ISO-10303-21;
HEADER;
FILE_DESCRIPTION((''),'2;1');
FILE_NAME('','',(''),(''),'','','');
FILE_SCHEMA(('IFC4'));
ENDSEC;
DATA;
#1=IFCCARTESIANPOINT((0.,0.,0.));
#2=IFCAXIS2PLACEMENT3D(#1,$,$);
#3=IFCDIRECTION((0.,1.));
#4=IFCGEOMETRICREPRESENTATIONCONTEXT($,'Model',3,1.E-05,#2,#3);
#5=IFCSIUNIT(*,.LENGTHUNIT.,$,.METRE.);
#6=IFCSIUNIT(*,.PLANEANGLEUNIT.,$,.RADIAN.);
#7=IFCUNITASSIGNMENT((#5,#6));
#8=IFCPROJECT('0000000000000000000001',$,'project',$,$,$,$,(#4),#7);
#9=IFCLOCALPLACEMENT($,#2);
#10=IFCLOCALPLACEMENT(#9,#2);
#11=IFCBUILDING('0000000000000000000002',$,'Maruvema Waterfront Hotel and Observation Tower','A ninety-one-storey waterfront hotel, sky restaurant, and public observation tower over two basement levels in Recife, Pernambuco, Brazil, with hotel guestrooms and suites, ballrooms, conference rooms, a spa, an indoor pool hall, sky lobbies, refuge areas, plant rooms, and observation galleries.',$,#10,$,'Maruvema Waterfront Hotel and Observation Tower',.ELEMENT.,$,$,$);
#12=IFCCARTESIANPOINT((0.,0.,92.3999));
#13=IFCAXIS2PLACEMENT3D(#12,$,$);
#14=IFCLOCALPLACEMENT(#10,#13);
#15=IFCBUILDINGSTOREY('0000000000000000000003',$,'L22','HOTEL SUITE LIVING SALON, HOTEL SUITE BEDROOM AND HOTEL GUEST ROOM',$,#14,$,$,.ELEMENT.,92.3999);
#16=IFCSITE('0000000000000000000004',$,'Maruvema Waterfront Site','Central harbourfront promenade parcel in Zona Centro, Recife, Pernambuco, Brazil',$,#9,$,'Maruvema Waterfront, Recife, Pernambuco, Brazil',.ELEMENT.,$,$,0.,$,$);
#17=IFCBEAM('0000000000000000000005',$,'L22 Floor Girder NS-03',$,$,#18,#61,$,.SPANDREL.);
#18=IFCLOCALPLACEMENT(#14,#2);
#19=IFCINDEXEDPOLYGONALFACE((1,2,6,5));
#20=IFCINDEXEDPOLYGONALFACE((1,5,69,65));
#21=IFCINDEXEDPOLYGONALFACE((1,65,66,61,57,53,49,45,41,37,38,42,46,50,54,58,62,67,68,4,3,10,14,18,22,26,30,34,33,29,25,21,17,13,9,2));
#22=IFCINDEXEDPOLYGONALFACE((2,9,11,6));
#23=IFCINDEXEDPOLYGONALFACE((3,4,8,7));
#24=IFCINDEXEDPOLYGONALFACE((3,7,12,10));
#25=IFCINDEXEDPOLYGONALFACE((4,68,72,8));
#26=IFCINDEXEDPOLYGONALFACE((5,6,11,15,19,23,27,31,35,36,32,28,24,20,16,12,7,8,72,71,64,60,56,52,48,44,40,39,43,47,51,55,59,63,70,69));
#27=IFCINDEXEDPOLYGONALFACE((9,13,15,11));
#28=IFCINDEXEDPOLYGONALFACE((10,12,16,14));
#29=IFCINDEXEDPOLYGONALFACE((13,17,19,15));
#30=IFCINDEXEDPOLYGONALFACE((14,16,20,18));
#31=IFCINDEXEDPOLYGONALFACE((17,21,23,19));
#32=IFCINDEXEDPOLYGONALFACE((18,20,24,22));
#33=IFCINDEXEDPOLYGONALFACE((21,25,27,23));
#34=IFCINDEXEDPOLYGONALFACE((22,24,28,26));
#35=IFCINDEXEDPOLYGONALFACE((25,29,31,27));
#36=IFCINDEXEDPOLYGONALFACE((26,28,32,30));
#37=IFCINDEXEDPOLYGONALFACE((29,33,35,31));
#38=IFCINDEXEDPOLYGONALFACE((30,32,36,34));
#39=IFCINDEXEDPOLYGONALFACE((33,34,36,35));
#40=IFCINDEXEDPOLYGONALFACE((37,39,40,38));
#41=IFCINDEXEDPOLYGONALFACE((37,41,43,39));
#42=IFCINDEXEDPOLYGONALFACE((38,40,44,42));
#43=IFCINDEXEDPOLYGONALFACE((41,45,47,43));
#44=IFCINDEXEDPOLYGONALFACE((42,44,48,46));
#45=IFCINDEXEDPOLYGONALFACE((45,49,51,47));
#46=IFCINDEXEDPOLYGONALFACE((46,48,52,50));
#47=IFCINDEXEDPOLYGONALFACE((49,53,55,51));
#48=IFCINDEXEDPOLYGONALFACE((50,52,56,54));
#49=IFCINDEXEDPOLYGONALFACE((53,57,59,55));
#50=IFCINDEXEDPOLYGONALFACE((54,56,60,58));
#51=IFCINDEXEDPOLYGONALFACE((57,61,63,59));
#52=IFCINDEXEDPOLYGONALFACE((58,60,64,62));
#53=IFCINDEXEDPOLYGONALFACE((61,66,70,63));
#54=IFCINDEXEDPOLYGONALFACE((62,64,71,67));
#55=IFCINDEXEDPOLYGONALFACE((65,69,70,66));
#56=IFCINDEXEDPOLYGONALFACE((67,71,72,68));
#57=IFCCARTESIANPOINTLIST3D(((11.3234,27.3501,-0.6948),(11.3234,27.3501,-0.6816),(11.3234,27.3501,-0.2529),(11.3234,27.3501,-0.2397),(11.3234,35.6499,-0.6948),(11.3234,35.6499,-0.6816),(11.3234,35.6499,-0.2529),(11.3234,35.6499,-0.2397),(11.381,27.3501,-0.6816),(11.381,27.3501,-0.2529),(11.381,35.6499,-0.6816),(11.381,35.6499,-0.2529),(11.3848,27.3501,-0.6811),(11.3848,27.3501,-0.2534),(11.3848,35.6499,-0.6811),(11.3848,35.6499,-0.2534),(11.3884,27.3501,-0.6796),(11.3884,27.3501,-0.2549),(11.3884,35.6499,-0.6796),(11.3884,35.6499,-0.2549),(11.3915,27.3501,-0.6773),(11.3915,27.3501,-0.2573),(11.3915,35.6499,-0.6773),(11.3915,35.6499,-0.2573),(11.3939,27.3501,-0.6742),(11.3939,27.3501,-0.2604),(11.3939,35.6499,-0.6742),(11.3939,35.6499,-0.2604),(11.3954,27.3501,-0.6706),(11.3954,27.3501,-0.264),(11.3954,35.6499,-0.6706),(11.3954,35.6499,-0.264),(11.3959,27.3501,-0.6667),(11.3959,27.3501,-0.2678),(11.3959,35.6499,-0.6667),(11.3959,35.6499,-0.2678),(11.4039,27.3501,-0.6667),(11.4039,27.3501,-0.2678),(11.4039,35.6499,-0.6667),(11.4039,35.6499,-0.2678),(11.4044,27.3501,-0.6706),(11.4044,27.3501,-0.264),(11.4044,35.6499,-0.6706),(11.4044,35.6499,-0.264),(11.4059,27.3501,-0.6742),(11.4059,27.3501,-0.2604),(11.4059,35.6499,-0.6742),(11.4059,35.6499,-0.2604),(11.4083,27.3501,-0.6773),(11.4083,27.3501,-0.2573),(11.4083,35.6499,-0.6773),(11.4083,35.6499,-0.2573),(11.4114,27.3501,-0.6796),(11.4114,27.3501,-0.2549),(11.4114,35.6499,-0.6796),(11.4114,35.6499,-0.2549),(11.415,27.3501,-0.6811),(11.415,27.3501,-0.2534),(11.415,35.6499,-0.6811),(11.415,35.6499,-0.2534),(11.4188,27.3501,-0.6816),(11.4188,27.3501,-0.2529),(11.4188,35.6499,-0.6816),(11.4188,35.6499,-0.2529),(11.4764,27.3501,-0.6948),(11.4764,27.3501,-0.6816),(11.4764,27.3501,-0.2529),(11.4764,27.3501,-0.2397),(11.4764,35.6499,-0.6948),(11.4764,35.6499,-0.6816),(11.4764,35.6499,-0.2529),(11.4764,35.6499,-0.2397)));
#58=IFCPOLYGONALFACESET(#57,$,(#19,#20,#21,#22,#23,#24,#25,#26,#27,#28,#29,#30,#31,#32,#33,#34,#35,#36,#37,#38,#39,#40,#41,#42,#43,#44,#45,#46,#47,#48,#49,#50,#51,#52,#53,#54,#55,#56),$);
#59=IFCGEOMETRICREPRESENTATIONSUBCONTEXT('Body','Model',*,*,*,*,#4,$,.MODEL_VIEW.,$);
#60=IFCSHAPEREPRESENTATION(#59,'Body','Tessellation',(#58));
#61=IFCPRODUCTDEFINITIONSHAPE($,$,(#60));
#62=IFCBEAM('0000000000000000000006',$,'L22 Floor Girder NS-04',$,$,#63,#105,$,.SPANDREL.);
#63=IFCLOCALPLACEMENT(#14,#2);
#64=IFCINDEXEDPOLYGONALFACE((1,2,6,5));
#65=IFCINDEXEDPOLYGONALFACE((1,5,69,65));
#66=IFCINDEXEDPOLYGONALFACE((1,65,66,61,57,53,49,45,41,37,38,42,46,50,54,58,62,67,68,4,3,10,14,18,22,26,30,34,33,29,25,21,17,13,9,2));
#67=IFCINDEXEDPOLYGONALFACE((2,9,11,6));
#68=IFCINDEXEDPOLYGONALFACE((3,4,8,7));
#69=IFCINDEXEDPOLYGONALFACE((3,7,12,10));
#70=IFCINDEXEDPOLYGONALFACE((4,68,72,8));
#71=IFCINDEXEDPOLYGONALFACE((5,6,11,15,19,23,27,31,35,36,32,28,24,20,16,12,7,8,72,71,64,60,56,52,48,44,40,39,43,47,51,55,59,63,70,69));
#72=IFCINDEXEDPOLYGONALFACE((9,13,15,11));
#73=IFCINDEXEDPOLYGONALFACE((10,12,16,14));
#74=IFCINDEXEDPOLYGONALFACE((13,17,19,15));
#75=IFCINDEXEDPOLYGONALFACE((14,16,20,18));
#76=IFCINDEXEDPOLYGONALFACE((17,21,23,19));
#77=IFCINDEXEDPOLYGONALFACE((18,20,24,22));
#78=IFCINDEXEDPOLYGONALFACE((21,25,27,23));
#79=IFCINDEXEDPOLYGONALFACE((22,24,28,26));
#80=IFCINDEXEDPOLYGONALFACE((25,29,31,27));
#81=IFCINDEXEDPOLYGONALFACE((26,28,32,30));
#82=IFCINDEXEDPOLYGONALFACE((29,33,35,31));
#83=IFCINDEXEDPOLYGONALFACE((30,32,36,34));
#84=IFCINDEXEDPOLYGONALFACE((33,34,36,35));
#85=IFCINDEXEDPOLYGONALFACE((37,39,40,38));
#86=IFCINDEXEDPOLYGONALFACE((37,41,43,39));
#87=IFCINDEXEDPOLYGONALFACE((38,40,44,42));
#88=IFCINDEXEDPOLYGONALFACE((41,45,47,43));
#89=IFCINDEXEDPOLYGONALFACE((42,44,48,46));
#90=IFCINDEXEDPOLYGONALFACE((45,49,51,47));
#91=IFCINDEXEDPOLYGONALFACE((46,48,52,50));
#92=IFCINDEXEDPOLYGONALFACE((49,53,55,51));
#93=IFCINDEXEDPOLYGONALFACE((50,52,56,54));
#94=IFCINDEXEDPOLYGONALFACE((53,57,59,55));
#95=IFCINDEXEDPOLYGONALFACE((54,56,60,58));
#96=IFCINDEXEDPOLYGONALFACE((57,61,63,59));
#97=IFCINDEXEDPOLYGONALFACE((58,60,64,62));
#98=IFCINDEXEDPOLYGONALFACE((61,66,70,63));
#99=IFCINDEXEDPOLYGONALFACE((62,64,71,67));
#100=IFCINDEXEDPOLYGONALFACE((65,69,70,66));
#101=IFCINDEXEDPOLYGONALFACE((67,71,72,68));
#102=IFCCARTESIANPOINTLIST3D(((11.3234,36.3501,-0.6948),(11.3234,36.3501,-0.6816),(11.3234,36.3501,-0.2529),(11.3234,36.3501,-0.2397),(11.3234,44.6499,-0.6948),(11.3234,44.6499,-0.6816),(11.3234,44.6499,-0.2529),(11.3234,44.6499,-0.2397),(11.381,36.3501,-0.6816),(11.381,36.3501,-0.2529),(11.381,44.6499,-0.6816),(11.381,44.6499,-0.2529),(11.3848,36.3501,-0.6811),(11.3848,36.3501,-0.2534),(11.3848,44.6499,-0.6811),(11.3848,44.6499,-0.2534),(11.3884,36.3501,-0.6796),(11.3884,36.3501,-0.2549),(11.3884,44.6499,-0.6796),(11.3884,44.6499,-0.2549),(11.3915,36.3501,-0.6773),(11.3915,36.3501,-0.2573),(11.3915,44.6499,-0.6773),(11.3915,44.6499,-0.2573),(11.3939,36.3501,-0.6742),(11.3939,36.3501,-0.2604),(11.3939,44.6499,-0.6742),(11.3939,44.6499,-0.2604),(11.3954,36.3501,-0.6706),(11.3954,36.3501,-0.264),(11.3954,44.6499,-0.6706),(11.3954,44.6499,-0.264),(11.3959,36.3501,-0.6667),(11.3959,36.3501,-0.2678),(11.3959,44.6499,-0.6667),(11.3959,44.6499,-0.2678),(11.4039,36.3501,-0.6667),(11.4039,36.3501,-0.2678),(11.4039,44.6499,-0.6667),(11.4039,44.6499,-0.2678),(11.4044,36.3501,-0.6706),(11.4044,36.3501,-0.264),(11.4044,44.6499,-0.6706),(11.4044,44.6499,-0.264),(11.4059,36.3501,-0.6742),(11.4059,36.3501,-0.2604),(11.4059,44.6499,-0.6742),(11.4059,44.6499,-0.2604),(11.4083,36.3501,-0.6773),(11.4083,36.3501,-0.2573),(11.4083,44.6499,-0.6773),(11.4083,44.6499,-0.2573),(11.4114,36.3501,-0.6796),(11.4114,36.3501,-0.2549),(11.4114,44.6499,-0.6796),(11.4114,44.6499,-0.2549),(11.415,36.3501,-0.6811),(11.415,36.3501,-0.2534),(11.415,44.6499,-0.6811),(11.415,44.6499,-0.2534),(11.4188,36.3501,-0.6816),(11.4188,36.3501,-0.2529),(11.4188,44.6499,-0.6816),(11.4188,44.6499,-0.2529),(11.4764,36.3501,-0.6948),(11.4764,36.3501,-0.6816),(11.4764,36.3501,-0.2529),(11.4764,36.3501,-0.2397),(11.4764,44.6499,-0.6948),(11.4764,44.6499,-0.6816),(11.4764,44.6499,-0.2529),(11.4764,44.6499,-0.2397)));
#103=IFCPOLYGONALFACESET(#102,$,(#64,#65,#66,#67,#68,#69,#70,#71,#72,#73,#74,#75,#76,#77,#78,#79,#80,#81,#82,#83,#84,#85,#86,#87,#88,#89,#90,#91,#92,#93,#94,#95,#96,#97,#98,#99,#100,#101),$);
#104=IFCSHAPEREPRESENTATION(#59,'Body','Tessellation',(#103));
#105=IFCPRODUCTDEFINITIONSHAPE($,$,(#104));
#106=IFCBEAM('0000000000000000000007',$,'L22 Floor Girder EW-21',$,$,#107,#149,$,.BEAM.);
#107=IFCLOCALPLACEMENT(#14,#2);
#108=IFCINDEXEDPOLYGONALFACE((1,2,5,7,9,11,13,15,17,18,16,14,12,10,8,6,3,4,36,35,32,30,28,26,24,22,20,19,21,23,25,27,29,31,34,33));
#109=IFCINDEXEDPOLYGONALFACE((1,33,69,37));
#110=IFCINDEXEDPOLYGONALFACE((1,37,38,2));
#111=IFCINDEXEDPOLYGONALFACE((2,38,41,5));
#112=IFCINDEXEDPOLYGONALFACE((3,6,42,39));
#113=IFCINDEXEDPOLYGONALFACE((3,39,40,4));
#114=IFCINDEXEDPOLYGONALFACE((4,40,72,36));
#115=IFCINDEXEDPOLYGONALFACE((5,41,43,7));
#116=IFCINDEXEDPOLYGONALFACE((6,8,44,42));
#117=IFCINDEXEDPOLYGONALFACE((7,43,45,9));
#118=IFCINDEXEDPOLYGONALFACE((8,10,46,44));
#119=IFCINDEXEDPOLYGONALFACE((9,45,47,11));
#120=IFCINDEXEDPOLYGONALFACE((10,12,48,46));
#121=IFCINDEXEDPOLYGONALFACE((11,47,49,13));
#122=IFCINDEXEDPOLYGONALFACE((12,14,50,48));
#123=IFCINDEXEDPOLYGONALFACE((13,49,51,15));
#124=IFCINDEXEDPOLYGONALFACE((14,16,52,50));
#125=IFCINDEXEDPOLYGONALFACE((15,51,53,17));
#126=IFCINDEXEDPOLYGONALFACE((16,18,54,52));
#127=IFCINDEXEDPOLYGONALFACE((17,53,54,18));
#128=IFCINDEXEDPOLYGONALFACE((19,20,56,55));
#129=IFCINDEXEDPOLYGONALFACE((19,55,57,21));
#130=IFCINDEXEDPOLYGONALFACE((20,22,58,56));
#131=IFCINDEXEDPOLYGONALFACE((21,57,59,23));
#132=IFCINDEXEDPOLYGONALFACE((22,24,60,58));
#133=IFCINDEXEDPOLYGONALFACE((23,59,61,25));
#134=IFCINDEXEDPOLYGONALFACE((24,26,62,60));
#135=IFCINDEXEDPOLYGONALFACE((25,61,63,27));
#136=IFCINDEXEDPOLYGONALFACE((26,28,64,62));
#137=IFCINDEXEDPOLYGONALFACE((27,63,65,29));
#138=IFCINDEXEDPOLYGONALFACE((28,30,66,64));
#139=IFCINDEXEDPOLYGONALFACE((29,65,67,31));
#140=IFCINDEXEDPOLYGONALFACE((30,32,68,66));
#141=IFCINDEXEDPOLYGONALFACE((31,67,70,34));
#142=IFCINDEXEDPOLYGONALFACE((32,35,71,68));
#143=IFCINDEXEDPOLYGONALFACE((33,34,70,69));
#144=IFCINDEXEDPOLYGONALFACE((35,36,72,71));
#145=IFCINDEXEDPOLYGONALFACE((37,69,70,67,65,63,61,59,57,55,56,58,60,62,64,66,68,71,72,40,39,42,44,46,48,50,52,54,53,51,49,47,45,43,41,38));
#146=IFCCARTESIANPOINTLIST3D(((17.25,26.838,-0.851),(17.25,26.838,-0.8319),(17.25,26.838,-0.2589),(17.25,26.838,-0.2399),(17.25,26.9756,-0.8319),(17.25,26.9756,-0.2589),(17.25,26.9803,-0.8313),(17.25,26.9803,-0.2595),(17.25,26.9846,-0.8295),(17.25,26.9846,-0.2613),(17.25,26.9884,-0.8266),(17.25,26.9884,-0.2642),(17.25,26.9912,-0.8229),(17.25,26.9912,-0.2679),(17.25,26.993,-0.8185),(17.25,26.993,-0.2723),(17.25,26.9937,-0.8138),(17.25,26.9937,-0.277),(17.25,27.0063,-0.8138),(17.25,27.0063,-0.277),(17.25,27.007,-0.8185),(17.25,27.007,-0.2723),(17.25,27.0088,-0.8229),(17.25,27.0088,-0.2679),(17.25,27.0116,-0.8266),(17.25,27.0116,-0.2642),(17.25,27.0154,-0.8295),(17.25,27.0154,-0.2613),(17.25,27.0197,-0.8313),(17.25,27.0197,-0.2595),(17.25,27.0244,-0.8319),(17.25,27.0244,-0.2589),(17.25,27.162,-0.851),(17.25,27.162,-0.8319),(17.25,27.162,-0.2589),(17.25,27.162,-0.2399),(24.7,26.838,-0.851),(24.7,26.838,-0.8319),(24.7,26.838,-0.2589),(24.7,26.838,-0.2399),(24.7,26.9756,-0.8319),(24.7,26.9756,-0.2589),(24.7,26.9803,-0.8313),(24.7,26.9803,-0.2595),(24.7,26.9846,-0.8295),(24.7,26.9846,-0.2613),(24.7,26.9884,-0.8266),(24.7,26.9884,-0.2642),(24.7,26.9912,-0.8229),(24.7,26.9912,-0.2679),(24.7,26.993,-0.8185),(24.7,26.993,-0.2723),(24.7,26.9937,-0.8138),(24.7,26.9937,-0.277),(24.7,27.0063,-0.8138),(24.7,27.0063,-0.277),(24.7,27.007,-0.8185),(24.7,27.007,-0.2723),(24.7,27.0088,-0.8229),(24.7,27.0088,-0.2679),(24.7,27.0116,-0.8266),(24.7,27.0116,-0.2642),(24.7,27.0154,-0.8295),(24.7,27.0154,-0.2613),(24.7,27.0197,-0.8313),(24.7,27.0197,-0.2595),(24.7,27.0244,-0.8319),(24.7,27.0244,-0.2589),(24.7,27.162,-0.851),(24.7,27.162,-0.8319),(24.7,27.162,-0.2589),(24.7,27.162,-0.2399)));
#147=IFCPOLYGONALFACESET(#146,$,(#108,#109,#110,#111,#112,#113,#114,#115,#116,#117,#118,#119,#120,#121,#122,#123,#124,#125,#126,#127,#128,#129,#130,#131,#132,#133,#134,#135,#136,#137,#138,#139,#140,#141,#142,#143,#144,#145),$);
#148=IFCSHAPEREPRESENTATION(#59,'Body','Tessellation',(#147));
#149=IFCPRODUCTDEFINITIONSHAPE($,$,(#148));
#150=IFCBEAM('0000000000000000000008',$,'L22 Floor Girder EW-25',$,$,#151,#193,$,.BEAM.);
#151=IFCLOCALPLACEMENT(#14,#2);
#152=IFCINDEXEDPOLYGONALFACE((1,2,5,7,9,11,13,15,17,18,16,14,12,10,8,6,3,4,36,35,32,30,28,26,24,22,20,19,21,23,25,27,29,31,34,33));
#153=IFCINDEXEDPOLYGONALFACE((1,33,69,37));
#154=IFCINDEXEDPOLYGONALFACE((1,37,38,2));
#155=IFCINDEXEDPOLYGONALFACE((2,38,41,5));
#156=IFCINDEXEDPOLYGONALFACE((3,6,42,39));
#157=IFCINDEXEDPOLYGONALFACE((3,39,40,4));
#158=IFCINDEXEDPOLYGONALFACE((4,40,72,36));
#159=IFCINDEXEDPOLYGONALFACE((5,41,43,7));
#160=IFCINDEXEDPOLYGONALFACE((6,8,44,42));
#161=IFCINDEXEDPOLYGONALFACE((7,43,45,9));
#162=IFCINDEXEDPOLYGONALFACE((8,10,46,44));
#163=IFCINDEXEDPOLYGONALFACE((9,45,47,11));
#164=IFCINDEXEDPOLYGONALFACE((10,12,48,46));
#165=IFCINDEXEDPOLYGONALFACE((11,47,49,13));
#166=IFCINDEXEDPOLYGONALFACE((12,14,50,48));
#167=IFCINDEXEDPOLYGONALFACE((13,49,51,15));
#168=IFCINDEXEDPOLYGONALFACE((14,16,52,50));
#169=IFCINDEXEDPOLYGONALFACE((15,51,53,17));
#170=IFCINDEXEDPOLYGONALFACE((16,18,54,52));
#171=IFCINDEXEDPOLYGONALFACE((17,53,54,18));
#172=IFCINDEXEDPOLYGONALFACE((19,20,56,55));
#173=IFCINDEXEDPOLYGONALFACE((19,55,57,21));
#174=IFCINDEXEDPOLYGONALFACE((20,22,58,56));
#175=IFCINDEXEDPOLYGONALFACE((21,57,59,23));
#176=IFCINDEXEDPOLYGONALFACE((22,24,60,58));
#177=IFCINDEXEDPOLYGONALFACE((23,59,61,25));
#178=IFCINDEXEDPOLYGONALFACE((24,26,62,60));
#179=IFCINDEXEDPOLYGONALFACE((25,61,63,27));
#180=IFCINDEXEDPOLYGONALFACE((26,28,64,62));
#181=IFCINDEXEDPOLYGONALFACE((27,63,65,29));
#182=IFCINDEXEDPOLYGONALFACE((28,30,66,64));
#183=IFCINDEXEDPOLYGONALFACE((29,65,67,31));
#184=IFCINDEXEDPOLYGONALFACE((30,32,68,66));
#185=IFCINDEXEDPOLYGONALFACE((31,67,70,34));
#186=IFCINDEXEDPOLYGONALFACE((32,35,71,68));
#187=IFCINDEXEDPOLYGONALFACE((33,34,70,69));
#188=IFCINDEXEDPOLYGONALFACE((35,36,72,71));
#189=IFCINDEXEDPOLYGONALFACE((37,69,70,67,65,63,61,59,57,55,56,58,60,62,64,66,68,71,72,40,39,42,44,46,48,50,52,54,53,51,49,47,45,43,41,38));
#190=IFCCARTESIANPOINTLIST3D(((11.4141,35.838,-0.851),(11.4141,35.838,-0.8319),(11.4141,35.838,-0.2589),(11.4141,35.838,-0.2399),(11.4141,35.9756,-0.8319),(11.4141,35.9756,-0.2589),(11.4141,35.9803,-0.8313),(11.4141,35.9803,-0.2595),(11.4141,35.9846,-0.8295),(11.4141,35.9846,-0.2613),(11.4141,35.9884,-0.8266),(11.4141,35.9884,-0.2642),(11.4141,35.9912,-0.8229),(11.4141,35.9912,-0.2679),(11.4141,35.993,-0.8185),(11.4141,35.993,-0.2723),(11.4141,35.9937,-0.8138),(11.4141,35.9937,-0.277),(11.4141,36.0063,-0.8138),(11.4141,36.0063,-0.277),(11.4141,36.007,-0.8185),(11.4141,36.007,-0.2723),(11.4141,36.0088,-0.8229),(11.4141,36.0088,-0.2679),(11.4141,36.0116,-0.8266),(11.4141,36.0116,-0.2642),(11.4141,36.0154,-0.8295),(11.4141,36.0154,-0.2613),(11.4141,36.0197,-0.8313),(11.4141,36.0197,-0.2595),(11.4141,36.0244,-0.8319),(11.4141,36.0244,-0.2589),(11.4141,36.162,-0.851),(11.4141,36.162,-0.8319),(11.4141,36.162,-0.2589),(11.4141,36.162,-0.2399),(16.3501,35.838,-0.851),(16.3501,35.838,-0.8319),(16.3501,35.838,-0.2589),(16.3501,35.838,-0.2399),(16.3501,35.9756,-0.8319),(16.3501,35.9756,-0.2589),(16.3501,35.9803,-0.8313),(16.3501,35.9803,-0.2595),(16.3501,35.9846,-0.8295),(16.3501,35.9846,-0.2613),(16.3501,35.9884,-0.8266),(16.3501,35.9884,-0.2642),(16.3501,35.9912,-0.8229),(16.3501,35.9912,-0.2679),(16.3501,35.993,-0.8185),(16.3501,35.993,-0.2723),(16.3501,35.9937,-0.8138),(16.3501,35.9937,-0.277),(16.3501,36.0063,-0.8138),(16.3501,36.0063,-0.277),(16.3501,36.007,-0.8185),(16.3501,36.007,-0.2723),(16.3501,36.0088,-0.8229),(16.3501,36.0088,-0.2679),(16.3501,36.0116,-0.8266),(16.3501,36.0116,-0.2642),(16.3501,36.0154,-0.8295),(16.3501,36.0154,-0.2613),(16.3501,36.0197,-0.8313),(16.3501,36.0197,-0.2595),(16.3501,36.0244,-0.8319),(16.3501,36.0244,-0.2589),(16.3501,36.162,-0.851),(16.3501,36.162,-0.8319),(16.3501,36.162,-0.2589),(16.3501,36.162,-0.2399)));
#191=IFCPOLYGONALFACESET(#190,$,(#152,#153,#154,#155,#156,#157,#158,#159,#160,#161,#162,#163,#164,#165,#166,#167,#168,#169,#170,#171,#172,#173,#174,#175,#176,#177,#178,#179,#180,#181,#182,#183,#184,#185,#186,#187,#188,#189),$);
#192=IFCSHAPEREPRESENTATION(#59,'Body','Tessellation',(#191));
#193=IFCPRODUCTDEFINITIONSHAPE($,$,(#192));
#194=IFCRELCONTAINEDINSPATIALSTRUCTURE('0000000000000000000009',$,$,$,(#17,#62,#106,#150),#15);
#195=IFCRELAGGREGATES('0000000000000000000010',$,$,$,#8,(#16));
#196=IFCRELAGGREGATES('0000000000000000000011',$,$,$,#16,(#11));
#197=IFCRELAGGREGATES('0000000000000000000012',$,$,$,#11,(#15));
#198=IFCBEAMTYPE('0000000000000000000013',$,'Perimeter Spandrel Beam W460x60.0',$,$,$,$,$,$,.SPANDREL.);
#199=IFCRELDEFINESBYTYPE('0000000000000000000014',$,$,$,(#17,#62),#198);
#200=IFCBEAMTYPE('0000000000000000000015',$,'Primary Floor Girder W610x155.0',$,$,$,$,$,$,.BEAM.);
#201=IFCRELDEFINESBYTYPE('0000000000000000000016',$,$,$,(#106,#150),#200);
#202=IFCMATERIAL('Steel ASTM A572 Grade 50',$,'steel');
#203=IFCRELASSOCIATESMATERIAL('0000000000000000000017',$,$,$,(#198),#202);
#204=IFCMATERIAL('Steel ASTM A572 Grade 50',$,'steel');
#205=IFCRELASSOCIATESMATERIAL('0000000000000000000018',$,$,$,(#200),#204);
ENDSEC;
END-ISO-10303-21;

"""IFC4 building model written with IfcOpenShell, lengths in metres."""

from ifc_helpers import new_model, si_unit, direction, frame, origin, origin_2d, place, context, subcontext, project, spatial, i_section, extrude, material, material_profile, profile_set, type_object, element, save


model = new_model("IFC4")

# Units and contexts
model_context = context("Model", 3, precision=1e-05, world=origin(), true_north=direction((0.0, 1.0)))
body_context = subcontext(model_context, "Body", "Model", "MODEL_VIEW")
ifc_project = project(units=[si_unit("LENGTHUNIT", "METRE"), si_unit("PLANEANGLEUNIT", "RADIAN")], contexts=[model_context])

# Site, building, storey
site_placement = place(None, origin())
site = spatial("IfcSite", under=ifc_project, at=site_placement, Name="Maruvema Waterfront Site", Description="Central harbourfront promenade parcel in Zona Centro, Recife, Pernambuco, Brazil", LongName="Maruvema Waterfront, Recife, Pernambuco, Brazil", CompositionType="ELEMENT", RefElevation=0.0)
building_placement = place(site_placement, origin())
building = spatial("IfcBuilding", under=site, at=building_placement, Name="Maruvema Waterfront Hotel and Observation Tower", Description="A ninety-one-storey waterfront hotel, sky restaurant, and public observation tower over two basement levels in Recife, Pernambuco, Brazil, with hotel guestrooms and suites, ballrooms, conference rooms, a spa, an indoor pool hall, sky lobbies, refuge areas, plant rooms, and observation galleries.", LongName="Maruvema Waterfront Hotel and Observation Tower", CompositionType="ELEMENT")
storey_placement = place(building_placement, frame((0.0, 0.0, 92.3999)))
storey = spatial("IfcBuildingStorey", under=building, at=storey_placement, Name="L22", Description="HOTEL SUITE LIVING SALON, HOTEL SUITE BEDROOM AND HOTEL GUEST ROOM", CompositionType="ELEMENT", Elevation=92.3999)

# Beams
ifc_material_1 = material(Name="Steel ASTM A572 Grade 50", Category="steel")
ifc_material_profile_1 = material_profile(ifc_material_1, i_section(OverallWidth=0.1531, OverallDepth=0.4551, WebThickness=0.0081, FlangeThickness=0.0132, FilletRadius=0.0149, at=origin_2d()), Name="W460x60.0")
ifc_profile_set_1 = profile_set([ifc_material_profile_1], Name="Steel ASTM A572 Grade 50")
beam_type_1 = type_object("IfcBeamType", Name="Perimeter Spandrel Beam W460x60.0", PredefinedType="SPANDREL", material=ifc_profile_set_1)
for number, where, z_axis, x_axis, name in (
    (1, (11.3999, 27.3501, -0.4673), (0.0, 1.0, 0.0), (-1.0, 0.0, 0.0), "L22 Floor Girder NS-03"),
    (2, (11.3999, 36.3501, -0.4673), (0.0, 1.0, 0.0), (-1.0, 0.0, 0.0), "L22 Floor Girder NS-04"),
):
    element("IfcBeam", number, at=place(storey_placement, frame(where, z_axis=z_axis, x_axis=x_axis)), inside=storey, type_object=beam_type_1, Name=name, PredefinedType="SPANDREL", context=body_context, shape_type="SweptSolid", body=[
        extrude(i_section(OverallWidth=0.1531, OverallDepth=0.4551, WebThickness=0.0081, FlangeThickness=0.0132, FilletRadius=0.0149, at=origin_2d()), origin(), (0.0, 0.0, 1.0), 8.2998),
    ])
ifc_material_2 = material(Name="Steel ASTM A572 Grade 50", Category="steel")
ifc_material_profile_2 = material_profile(ifc_material_2, i_section(OverallWidth=0.324, OverallDepth=0.6111, WebThickness=0.0127, FlangeThickness=0.019, FilletRadius=0.0181, at=origin_2d()), Name="W610x155.0")
ifc_profile_set_2 = profile_set([ifc_material_profile_2], Name="Steel ASTM A572 Grade 50")
beam_type_2 = type_object("IfcBeamType", Name="Primary Floor Girder W610x155.0", PredefinedType="BEAM", material=ifc_profile_set_2)
beam_1_placement = place(storey_placement, frame((17.25, 27.0, -0.5454), z_axis=(1.0, 0.0, 0.0), x_axis=(0.0, 1.0, 0.0)))
element("IfcBeam", 3, at=beam_1_placement, inside=storey, type_object=beam_type_2, Name="L22 Floor Girder EW-21", PredefinedType="BEAM", context=body_context, shape_type="SweptSolid", body=[
    extrude(i_section(OverallWidth=0.324, OverallDepth=0.6111, WebThickness=0.0127, FlangeThickness=0.019, FilletRadius=0.0181, at=origin_2d()), origin(), (0.0, 0.0, 1.0), 7.45),
])
beam_2_placement = place(storey_placement, frame((11.4141, 36.0, -0.5454), z_axis=(1.0, 0.0, 0.0), x_axis=(0.0, 1.0, 0.0)))
element("IfcBeam", 4, at=beam_2_placement, inside=storey, type_object=beam_type_2, Name="L22 Floor Girder EW-25", PredefinedType="BEAM", context=body_context, shape_type="SweptSolid", body=[
    extrude(i_section(OverallWidth=0.324, OverallDepth=0.6111, WebThickness=0.0127, FlangeThickness=0.019, FilletRadius=0.0181, at=origin_2d()), origin(), (0.0, 0.0, 1.0), 4.936),
])

save(model, "model.ifc")
